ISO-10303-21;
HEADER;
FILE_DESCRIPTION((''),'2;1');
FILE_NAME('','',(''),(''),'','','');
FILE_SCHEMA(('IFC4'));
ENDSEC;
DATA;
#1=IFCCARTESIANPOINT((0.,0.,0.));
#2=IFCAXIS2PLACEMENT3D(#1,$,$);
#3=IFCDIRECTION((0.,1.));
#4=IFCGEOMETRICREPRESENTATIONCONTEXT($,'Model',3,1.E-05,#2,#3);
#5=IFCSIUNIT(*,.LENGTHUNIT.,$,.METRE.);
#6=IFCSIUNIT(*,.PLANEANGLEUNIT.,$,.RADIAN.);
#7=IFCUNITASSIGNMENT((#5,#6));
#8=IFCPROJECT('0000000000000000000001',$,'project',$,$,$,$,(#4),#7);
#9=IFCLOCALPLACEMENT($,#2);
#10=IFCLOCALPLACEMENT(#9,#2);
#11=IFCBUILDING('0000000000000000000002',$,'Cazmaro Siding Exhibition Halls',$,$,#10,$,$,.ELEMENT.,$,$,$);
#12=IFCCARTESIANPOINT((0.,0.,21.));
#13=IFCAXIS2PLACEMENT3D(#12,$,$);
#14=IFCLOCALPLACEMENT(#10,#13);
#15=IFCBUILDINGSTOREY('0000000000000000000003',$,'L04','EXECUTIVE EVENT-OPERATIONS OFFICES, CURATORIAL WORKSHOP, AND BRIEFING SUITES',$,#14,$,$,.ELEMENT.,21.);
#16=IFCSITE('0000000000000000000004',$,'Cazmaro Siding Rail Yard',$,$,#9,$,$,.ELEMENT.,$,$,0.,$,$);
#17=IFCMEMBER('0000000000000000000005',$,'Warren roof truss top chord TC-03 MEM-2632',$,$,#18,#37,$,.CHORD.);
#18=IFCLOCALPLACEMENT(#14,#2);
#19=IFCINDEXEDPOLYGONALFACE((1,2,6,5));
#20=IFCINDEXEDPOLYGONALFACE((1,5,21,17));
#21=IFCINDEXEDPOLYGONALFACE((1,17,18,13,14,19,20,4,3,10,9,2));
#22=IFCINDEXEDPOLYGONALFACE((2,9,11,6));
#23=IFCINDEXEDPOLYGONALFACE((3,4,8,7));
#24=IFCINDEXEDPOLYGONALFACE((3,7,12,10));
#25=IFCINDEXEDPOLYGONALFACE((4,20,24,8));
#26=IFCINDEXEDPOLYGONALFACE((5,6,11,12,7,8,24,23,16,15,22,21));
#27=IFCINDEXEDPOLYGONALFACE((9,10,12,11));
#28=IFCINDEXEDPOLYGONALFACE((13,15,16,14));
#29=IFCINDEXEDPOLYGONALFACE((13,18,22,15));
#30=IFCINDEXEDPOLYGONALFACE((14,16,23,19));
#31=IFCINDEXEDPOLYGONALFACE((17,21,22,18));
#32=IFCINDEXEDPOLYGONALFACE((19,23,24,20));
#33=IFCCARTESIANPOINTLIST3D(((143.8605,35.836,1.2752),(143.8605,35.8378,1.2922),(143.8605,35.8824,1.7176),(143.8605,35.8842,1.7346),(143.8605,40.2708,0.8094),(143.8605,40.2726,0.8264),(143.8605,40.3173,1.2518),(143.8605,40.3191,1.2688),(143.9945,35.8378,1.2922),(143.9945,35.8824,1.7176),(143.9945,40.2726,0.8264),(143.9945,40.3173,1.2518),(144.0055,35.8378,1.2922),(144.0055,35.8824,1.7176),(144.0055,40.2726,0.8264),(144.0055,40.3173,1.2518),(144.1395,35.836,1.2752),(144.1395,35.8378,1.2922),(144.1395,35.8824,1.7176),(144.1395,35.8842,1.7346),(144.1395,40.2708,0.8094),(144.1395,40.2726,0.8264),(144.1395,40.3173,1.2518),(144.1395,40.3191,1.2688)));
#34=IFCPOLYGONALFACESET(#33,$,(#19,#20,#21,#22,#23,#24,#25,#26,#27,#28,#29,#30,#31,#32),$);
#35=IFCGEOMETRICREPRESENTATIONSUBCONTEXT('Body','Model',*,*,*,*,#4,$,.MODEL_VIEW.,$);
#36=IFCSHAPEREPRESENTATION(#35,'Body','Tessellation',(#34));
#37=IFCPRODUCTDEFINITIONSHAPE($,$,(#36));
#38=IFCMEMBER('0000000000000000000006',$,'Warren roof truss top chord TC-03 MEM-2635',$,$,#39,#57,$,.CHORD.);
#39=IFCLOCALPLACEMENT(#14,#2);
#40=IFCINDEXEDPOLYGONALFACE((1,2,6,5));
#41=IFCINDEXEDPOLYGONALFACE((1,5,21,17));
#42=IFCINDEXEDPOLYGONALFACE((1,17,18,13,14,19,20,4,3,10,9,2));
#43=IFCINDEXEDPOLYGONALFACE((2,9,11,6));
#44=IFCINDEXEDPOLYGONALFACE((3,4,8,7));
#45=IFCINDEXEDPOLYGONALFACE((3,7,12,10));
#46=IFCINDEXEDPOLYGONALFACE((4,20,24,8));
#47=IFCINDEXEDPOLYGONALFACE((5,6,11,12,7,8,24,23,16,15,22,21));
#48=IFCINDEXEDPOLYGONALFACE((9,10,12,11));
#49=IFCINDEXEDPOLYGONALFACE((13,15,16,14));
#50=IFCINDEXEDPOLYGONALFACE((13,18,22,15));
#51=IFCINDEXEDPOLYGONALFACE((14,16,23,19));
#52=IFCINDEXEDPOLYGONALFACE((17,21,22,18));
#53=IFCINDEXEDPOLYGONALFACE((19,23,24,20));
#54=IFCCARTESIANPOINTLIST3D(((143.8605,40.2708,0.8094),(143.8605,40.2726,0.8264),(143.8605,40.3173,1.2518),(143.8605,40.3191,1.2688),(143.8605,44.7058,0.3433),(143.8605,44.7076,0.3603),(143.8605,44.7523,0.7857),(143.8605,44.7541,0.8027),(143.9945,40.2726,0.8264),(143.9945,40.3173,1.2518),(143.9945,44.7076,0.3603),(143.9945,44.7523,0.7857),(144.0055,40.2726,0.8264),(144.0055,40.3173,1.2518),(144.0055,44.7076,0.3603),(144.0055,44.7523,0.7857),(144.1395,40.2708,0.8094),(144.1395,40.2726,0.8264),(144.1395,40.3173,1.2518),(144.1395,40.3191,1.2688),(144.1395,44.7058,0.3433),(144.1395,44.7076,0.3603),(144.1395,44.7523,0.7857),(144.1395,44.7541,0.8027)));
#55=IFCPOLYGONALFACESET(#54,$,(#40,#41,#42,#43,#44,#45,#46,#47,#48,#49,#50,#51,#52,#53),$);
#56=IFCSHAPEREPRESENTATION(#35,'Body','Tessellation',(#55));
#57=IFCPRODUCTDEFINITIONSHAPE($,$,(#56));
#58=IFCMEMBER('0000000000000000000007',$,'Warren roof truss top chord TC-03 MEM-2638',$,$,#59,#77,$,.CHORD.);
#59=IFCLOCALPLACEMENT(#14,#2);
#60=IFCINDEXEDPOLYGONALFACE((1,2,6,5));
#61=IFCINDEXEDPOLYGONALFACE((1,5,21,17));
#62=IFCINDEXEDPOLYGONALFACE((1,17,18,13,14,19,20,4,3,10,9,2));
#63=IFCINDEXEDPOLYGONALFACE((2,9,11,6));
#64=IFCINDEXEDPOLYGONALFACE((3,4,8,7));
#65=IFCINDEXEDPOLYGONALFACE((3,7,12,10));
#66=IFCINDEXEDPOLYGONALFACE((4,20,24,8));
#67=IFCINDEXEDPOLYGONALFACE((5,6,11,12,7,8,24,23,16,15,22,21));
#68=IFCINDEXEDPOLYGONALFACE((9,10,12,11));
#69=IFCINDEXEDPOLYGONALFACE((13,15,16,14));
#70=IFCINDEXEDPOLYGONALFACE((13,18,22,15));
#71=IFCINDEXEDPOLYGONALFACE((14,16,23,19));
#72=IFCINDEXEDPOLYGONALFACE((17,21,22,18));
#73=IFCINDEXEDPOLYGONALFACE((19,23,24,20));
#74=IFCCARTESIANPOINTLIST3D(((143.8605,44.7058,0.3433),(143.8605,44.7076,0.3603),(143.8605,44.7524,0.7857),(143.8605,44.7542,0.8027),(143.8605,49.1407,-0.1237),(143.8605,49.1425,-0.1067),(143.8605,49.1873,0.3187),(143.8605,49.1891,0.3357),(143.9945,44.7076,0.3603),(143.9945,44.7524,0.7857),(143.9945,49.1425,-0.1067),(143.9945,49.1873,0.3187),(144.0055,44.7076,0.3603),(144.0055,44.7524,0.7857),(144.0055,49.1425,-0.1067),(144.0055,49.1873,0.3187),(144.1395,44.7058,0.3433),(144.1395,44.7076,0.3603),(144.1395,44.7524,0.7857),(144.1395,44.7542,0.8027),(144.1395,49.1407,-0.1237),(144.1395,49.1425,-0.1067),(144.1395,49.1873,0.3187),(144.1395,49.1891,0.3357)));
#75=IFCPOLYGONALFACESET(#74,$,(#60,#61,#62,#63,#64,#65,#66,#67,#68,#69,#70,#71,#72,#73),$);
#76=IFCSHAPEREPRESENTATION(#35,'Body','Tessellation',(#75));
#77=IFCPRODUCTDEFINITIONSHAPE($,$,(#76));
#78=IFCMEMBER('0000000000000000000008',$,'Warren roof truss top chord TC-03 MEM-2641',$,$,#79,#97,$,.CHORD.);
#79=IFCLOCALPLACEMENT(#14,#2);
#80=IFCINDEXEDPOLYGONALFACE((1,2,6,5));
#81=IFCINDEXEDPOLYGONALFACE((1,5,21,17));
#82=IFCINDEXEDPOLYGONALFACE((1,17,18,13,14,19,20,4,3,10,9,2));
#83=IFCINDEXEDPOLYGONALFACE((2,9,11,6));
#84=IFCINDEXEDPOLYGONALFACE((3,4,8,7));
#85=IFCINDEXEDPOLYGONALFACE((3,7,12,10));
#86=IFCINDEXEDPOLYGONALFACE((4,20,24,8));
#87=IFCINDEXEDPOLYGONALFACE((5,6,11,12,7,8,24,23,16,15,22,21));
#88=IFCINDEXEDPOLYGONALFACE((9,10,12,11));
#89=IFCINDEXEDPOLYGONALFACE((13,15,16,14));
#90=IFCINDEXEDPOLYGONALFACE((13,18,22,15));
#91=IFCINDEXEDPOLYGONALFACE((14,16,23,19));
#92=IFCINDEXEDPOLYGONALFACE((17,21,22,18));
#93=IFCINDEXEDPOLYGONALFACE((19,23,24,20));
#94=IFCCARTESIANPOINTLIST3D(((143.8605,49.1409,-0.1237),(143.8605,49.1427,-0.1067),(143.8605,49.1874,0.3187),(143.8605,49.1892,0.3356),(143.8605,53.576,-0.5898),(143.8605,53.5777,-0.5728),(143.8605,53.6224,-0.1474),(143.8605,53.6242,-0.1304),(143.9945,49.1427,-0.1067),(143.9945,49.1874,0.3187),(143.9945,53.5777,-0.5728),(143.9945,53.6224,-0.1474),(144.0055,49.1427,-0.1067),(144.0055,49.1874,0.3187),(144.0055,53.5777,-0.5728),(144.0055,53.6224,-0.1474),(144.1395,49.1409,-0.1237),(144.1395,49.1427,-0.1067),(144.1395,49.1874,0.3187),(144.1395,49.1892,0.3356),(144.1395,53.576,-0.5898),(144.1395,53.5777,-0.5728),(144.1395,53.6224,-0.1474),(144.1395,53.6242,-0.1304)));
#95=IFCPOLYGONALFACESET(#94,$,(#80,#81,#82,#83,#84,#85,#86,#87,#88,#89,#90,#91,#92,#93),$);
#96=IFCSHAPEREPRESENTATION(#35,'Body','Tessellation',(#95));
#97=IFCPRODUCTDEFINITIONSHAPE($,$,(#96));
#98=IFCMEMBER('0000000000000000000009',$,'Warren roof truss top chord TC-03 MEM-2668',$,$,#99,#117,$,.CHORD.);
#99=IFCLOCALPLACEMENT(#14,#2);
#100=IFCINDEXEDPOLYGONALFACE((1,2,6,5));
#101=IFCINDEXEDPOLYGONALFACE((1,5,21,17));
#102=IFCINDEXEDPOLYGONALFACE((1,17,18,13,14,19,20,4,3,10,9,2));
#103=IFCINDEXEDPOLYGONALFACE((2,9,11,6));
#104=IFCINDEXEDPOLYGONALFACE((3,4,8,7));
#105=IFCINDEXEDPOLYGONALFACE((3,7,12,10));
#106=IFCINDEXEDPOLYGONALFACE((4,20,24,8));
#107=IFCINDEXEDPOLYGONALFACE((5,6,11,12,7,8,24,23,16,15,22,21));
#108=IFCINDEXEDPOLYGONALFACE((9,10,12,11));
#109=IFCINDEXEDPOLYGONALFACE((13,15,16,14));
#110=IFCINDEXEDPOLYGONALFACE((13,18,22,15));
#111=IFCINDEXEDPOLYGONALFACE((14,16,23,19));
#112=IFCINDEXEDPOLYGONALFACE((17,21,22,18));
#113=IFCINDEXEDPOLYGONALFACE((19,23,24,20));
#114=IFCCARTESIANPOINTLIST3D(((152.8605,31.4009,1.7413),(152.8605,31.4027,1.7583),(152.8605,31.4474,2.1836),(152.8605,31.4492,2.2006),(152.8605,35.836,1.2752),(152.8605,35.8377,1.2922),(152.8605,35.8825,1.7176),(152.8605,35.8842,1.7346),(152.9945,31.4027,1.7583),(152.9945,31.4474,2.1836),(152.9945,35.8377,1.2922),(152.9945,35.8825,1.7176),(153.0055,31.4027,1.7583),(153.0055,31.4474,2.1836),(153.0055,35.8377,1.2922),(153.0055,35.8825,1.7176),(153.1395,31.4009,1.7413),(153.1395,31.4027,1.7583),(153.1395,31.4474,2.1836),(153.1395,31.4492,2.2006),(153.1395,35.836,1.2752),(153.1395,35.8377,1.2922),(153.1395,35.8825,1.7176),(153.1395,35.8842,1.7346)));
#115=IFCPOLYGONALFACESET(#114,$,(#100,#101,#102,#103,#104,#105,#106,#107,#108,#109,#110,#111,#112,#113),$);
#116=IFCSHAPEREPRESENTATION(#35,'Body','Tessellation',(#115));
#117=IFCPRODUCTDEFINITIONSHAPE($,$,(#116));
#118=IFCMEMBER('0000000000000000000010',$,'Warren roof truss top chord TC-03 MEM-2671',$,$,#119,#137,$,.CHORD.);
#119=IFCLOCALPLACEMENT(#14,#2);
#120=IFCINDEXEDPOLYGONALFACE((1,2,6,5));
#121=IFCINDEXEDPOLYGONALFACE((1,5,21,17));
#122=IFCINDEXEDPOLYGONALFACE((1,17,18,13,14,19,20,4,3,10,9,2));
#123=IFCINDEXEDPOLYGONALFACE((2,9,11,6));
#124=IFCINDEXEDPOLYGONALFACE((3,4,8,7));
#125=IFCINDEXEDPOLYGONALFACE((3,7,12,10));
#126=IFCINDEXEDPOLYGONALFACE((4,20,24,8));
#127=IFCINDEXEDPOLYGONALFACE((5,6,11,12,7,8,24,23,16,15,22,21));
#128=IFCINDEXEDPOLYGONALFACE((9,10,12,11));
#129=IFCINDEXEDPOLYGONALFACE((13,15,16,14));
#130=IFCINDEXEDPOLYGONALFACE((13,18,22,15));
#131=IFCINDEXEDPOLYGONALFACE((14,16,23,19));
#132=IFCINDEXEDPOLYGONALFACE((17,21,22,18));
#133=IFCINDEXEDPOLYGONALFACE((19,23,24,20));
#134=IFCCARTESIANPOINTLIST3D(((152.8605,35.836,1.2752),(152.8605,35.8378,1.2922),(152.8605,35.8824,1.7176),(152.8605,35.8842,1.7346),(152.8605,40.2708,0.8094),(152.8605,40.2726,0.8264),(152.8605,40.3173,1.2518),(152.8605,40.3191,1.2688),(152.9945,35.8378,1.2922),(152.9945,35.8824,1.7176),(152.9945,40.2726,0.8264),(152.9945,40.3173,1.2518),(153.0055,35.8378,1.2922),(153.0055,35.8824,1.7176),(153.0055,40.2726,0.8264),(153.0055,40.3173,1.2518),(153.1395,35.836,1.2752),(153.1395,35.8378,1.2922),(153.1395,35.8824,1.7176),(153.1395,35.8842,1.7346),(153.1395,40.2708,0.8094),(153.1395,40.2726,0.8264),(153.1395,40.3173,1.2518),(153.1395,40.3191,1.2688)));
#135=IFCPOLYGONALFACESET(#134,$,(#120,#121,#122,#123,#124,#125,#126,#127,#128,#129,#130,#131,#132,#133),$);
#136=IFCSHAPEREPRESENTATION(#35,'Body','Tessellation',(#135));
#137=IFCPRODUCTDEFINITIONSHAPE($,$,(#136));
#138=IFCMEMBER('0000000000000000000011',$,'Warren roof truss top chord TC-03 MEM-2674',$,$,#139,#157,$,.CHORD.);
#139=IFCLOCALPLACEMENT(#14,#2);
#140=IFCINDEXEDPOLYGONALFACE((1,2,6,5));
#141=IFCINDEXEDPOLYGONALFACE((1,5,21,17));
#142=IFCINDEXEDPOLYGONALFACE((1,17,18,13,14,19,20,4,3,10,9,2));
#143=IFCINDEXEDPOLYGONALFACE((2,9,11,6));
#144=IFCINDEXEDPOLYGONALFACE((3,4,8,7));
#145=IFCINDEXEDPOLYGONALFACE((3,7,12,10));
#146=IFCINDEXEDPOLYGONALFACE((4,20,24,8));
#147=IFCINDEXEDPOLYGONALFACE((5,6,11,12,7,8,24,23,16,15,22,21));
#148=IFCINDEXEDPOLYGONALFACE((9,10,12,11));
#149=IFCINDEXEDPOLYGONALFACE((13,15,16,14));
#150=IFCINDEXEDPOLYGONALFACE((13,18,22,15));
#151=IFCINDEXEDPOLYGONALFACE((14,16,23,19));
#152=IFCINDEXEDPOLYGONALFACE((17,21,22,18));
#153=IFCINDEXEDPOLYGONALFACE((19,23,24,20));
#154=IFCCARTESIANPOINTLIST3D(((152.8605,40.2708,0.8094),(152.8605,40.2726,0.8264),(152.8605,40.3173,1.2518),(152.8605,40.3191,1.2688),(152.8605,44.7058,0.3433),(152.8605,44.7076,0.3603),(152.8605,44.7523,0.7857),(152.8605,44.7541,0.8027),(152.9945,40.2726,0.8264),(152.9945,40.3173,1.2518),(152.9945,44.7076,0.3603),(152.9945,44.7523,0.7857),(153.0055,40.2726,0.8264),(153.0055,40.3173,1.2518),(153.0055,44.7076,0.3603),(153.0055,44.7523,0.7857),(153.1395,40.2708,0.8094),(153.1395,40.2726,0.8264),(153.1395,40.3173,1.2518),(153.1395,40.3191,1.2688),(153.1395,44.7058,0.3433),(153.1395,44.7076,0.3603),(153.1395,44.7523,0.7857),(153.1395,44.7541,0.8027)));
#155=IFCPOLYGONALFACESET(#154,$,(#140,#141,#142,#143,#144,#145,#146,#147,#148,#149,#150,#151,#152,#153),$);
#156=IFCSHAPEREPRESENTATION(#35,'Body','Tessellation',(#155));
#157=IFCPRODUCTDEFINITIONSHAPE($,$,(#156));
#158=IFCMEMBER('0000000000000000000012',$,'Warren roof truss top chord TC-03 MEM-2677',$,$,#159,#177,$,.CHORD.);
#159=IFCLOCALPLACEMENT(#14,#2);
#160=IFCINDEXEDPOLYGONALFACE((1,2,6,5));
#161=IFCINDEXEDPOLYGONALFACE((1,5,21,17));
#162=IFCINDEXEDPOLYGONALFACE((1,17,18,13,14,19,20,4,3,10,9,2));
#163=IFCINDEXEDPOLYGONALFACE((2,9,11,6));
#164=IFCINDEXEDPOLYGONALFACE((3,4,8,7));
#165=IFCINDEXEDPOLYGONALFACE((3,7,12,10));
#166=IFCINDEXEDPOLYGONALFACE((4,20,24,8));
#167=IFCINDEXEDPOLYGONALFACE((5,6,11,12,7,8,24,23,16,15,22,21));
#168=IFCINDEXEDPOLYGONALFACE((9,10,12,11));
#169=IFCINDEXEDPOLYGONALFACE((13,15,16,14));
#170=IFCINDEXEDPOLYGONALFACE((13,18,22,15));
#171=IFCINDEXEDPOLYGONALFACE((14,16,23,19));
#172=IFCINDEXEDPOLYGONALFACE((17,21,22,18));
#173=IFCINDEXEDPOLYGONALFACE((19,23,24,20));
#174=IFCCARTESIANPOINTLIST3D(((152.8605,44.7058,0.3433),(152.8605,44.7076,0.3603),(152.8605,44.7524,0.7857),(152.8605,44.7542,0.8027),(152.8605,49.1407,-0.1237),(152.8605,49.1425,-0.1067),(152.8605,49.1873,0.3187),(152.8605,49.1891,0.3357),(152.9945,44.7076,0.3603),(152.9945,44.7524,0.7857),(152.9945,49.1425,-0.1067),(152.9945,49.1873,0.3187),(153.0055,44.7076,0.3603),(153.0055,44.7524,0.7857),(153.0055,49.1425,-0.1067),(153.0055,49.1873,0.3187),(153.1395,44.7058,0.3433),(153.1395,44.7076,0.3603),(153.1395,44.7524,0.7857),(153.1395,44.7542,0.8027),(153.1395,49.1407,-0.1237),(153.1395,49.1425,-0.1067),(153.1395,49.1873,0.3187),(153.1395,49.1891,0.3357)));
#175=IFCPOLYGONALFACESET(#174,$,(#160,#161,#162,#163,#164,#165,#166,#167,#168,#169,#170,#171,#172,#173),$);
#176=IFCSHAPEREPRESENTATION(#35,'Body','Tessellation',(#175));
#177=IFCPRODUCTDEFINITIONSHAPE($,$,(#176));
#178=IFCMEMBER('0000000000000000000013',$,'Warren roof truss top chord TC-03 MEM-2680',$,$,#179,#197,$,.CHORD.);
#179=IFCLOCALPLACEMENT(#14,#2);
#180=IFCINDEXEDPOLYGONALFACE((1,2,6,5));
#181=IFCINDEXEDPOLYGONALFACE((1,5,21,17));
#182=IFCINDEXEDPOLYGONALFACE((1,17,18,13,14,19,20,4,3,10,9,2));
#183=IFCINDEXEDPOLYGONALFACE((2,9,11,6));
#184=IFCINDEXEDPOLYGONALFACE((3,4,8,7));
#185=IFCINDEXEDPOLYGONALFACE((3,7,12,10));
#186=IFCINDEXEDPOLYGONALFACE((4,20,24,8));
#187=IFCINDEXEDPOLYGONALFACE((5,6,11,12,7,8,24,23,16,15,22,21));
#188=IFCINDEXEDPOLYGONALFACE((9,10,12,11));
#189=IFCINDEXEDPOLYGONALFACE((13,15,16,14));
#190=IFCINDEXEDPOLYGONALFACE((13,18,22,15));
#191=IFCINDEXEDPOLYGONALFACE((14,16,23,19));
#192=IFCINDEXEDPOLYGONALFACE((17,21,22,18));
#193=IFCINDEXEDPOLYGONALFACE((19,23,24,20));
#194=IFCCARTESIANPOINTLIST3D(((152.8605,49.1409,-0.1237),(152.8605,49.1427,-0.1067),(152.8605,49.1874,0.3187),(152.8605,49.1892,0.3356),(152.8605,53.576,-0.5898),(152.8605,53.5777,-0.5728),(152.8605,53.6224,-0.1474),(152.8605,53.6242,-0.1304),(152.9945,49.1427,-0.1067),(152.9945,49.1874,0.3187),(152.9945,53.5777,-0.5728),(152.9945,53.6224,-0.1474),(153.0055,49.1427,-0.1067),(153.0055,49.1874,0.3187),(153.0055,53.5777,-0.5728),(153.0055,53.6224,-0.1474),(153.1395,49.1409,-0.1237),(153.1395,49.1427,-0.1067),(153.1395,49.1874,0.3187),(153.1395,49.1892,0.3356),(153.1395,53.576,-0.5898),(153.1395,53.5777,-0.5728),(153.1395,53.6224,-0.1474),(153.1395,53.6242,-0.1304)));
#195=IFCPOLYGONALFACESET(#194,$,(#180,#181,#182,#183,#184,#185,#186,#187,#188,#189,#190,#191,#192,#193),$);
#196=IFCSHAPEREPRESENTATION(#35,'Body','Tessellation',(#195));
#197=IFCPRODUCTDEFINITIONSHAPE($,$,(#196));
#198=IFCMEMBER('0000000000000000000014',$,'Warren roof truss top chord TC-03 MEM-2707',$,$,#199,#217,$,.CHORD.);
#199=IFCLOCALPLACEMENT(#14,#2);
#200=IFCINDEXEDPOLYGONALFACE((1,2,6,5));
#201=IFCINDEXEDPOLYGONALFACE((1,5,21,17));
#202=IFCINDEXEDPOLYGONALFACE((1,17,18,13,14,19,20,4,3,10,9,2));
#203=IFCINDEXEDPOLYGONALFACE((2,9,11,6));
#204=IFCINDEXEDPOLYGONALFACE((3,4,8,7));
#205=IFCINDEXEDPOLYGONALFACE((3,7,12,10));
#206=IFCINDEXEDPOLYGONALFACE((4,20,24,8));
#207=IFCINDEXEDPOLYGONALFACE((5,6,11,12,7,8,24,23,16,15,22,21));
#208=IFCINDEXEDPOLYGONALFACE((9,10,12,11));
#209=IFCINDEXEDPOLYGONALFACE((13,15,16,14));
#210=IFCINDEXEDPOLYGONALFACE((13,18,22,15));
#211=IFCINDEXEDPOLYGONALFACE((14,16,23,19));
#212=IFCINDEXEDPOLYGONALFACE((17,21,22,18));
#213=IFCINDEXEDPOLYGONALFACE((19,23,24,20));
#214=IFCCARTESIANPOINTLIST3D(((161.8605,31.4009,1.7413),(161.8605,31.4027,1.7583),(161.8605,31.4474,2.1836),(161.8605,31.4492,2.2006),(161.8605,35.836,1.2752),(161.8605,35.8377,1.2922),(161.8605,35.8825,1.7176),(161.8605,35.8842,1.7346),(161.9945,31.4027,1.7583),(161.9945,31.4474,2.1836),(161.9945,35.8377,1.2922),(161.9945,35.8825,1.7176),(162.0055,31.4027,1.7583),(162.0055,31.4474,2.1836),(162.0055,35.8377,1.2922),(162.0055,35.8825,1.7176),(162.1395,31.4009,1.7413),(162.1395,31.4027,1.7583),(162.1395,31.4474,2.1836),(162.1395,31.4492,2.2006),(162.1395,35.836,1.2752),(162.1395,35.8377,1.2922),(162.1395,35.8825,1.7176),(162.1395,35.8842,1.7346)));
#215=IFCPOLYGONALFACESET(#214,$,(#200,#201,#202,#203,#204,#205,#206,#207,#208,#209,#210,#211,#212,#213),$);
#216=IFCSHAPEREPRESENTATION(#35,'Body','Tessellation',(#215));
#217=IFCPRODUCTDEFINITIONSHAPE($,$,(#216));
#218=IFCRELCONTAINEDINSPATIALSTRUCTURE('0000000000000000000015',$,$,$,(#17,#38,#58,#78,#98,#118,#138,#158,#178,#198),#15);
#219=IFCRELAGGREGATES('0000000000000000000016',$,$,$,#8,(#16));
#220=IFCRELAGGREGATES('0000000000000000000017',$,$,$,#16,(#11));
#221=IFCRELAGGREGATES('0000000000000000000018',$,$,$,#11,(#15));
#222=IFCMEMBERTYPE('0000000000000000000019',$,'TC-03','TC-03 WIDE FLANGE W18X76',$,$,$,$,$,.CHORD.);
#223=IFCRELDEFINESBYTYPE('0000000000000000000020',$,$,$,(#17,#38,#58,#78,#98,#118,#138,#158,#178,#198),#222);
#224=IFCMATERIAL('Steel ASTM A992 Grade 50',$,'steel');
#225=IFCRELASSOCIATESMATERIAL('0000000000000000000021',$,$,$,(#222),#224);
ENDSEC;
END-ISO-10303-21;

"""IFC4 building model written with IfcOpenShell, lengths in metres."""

from ifc_helpers import new_model, si_unit, direction, frame, origin, origin_2d, place, context, subcontext, project, spatial, i_section, extrude, material, material_profile, profile_set, type_object, element, save


model = new_model("IFC4")

# Units and contexts
model_context = context("Model", 3, precision=1e-05, world=origin(), true_north=direction((0.0, 1.0)))
body_context = subcontext(model_context, "Body", "Model", "MODEL_VIEW")
ifc_project = project(units=[si_unit("LENGTHUNIT", "METRE"), si_unit("PLANEANGLEUNIT", "RADIAN")], contexts=[model_context])

# Site, building, storey
site_placement = place(None, origin())
site = spatial("IfcSite", under=ifc_project, at=site_placement, Name="Cazmaro Siding Rail Yard", CompositionType="ELEMENT", RefElevation=0.0)
building_placement = place(site_placement, origin())
building = spatial("IfcBuilding", under=site, at=building_placement, Name="Cazmaro Siding Exhibition Halls", CompositionType="ELEMENT")
storey_placement = place(building_placement, frame((0.0, 0.0, 21.0)))
storey = spatial("IfcBuildingStorey", under=building, at=storey_placement, Name="L04", Description="EXECUTIVE EVENT-OPERATIONS OFFICES, CURATORIAL WORKSHOP, AND BRIEFING SUITES", CompositionType="ELEMENT", Elevation=21.0)

# Members
ifc_material_1 = material(Name="Steel ASTM A992 Grade 50", Category="steel")
ifc_material_profile_1 = material_profile(ifc_material_1, i_section(OverallWidth=0.2791, OverallDepth=0.4619, WebThickness=0.011, FlangeThickness=0.0171, at=origin_2d()), Name="W18X76")
ifc_profile_set_1 = profile_set([ifc_material_profile_1], Name="Steel ASTM A992 Grade 50")
member_type_1 = type_object("IfcMemberType", Name="TC-03", Description="TC-03 WIDE FLANGE W18X76", PredefinedType="CHORD", material=ifc_profile_set_1)
member_1_placement = place(storey_placement, frame((144.0, 35.8601, 1.5049), z_axis=(0.0, 0.994529, -0.104462), x_axis=(-1.0, 0.0, 0.0)))
element("IfcMember", 1, at=member_1_placement, inside=storey, type_object=member_type_1, Name="Warren roof truss top chord TC-03 MEM-2632", PredefinedType="CHORD", context=body_context, shape_type="SweptSolid", body=[
    extrude(i_section(OverallWidth=0.2791, OverallDepth=0.4619, WebThickness=0.011, FlangeThickness=0.0171, at=origin_2d()), origin(), (0.0, 0.0, 1.0), 4.4592),
])
for number, where, z_axis, x_axis, name in (
    (2, (144.0, 40.2949, 1.0391), (0.0, 0.994524, -0.104511), (-1.0, 0.0, 0.0), "Warren roof truss top chord TC-03 MEM-2635"),
    (3, (144.0, 44.73, 0.573), (0.0, 0.994501, -0.104728), (-1.0, 0.0, 0.0), "Warren roof truss top chord TC-03 MEM-2638"),
    (4, (144.0, 49.165, 0.106), (0.0, 0.994524, -0.104511), (-1.0, 0.0, 0.0), "Warren roof truss top chord TC-03 MEM-2641"),
    (5, (153.0, 31.425, 1.9709), (0.0, 0.994524, -0.104511), (-1.0, 0.0, 0.0), "Warren roof truss top chord TC-03 MEM-2668"),
):
    element("IfcMember", number, at=place(storey_placement, frame(where, z_axis=z_axis, x_axis=x_axis)), inside=storey, type_object=member_type_1, Name=name, PredefinedType="CHORD", context=body_context, shape_type="SweptSolid", body=[
        extrude(i_section(OverallWidth=0.2791, OverallDepth=0.4619, WebThickness=0.011, FlangeThickness=0.0171, at=origin_2d()), origin(), (0.0, 0.0, 1.0), 4.4595),
    ])
member_2_placement = place(storey_placement, frame((153.0, 35.8601, 1.5049), z_axis=(0.0, 0.994529, -0.104462), x_axis=(-1.0, 0.0, 0.0)))
element("IfcMember", 6, at=member_2_placement, inside=storey, type_object=member_type_1, Name="Warren roof truss top chord TC-03 MEM-2671", PredefinedType="CHORD", context=body_context, shape_type="SweptSolid", body=[
    extrude(i_section(OverallWidth=0.2791, OverallDepth=0.4619, WebThickness=0.011, FlangeThickness=0.0171, at=origin_2d()), origin(), (0.0, 0.0, 1.0), 4.4592),
])
for number, where, z_axis, x_axis, name in (
    (7, (153.0, 40.2949, 1.0391), (0.0, 0.994524, -0.104511), (-1.0, 0.0, 0.0), "Warren roof truss top chord TC-03 MEM-2674"),
    (8, (153.0, 44.73, 0.573), (0.0, 0.994501, -0.104728), (-1.0, 0.0, 0.0), "Warren roof truss top chord TC-03 MEM-2677"),
    (9, (153.0, 49.165, 0.106), (0.0, 0.994524, -0.104511), (-1.0, 0.0, 0.0), "Warren roof truss top chord TC-03 MEM-2680"),
    (10, (162.0, 31.425, 1.9709), (0.0, 0.994524, -0.104511), (-1.0, 0.0, 0.0), "Warren roof truss top chord TC-03 MEM-2707"),
):
    element("IfcMember", number, at=place(storey_placement, frame(where, z_axis=z_axis, x_axis=x_axis)), inside=storey, type_object=member_type_1, Name=name, PredefinedType="CHORD", context=body_context, shape_type="SweptSolid", body=[
        extrude(i_section(OverallWidth=0.2791, OverallDepth=0.4619, WebThickness=0.011, FlangeThickness=0.0171, at=origin_2d()), origin(), (0.0, 0.0, 1.0), 4.4595),
    ])

save(model, "model.ifc")
